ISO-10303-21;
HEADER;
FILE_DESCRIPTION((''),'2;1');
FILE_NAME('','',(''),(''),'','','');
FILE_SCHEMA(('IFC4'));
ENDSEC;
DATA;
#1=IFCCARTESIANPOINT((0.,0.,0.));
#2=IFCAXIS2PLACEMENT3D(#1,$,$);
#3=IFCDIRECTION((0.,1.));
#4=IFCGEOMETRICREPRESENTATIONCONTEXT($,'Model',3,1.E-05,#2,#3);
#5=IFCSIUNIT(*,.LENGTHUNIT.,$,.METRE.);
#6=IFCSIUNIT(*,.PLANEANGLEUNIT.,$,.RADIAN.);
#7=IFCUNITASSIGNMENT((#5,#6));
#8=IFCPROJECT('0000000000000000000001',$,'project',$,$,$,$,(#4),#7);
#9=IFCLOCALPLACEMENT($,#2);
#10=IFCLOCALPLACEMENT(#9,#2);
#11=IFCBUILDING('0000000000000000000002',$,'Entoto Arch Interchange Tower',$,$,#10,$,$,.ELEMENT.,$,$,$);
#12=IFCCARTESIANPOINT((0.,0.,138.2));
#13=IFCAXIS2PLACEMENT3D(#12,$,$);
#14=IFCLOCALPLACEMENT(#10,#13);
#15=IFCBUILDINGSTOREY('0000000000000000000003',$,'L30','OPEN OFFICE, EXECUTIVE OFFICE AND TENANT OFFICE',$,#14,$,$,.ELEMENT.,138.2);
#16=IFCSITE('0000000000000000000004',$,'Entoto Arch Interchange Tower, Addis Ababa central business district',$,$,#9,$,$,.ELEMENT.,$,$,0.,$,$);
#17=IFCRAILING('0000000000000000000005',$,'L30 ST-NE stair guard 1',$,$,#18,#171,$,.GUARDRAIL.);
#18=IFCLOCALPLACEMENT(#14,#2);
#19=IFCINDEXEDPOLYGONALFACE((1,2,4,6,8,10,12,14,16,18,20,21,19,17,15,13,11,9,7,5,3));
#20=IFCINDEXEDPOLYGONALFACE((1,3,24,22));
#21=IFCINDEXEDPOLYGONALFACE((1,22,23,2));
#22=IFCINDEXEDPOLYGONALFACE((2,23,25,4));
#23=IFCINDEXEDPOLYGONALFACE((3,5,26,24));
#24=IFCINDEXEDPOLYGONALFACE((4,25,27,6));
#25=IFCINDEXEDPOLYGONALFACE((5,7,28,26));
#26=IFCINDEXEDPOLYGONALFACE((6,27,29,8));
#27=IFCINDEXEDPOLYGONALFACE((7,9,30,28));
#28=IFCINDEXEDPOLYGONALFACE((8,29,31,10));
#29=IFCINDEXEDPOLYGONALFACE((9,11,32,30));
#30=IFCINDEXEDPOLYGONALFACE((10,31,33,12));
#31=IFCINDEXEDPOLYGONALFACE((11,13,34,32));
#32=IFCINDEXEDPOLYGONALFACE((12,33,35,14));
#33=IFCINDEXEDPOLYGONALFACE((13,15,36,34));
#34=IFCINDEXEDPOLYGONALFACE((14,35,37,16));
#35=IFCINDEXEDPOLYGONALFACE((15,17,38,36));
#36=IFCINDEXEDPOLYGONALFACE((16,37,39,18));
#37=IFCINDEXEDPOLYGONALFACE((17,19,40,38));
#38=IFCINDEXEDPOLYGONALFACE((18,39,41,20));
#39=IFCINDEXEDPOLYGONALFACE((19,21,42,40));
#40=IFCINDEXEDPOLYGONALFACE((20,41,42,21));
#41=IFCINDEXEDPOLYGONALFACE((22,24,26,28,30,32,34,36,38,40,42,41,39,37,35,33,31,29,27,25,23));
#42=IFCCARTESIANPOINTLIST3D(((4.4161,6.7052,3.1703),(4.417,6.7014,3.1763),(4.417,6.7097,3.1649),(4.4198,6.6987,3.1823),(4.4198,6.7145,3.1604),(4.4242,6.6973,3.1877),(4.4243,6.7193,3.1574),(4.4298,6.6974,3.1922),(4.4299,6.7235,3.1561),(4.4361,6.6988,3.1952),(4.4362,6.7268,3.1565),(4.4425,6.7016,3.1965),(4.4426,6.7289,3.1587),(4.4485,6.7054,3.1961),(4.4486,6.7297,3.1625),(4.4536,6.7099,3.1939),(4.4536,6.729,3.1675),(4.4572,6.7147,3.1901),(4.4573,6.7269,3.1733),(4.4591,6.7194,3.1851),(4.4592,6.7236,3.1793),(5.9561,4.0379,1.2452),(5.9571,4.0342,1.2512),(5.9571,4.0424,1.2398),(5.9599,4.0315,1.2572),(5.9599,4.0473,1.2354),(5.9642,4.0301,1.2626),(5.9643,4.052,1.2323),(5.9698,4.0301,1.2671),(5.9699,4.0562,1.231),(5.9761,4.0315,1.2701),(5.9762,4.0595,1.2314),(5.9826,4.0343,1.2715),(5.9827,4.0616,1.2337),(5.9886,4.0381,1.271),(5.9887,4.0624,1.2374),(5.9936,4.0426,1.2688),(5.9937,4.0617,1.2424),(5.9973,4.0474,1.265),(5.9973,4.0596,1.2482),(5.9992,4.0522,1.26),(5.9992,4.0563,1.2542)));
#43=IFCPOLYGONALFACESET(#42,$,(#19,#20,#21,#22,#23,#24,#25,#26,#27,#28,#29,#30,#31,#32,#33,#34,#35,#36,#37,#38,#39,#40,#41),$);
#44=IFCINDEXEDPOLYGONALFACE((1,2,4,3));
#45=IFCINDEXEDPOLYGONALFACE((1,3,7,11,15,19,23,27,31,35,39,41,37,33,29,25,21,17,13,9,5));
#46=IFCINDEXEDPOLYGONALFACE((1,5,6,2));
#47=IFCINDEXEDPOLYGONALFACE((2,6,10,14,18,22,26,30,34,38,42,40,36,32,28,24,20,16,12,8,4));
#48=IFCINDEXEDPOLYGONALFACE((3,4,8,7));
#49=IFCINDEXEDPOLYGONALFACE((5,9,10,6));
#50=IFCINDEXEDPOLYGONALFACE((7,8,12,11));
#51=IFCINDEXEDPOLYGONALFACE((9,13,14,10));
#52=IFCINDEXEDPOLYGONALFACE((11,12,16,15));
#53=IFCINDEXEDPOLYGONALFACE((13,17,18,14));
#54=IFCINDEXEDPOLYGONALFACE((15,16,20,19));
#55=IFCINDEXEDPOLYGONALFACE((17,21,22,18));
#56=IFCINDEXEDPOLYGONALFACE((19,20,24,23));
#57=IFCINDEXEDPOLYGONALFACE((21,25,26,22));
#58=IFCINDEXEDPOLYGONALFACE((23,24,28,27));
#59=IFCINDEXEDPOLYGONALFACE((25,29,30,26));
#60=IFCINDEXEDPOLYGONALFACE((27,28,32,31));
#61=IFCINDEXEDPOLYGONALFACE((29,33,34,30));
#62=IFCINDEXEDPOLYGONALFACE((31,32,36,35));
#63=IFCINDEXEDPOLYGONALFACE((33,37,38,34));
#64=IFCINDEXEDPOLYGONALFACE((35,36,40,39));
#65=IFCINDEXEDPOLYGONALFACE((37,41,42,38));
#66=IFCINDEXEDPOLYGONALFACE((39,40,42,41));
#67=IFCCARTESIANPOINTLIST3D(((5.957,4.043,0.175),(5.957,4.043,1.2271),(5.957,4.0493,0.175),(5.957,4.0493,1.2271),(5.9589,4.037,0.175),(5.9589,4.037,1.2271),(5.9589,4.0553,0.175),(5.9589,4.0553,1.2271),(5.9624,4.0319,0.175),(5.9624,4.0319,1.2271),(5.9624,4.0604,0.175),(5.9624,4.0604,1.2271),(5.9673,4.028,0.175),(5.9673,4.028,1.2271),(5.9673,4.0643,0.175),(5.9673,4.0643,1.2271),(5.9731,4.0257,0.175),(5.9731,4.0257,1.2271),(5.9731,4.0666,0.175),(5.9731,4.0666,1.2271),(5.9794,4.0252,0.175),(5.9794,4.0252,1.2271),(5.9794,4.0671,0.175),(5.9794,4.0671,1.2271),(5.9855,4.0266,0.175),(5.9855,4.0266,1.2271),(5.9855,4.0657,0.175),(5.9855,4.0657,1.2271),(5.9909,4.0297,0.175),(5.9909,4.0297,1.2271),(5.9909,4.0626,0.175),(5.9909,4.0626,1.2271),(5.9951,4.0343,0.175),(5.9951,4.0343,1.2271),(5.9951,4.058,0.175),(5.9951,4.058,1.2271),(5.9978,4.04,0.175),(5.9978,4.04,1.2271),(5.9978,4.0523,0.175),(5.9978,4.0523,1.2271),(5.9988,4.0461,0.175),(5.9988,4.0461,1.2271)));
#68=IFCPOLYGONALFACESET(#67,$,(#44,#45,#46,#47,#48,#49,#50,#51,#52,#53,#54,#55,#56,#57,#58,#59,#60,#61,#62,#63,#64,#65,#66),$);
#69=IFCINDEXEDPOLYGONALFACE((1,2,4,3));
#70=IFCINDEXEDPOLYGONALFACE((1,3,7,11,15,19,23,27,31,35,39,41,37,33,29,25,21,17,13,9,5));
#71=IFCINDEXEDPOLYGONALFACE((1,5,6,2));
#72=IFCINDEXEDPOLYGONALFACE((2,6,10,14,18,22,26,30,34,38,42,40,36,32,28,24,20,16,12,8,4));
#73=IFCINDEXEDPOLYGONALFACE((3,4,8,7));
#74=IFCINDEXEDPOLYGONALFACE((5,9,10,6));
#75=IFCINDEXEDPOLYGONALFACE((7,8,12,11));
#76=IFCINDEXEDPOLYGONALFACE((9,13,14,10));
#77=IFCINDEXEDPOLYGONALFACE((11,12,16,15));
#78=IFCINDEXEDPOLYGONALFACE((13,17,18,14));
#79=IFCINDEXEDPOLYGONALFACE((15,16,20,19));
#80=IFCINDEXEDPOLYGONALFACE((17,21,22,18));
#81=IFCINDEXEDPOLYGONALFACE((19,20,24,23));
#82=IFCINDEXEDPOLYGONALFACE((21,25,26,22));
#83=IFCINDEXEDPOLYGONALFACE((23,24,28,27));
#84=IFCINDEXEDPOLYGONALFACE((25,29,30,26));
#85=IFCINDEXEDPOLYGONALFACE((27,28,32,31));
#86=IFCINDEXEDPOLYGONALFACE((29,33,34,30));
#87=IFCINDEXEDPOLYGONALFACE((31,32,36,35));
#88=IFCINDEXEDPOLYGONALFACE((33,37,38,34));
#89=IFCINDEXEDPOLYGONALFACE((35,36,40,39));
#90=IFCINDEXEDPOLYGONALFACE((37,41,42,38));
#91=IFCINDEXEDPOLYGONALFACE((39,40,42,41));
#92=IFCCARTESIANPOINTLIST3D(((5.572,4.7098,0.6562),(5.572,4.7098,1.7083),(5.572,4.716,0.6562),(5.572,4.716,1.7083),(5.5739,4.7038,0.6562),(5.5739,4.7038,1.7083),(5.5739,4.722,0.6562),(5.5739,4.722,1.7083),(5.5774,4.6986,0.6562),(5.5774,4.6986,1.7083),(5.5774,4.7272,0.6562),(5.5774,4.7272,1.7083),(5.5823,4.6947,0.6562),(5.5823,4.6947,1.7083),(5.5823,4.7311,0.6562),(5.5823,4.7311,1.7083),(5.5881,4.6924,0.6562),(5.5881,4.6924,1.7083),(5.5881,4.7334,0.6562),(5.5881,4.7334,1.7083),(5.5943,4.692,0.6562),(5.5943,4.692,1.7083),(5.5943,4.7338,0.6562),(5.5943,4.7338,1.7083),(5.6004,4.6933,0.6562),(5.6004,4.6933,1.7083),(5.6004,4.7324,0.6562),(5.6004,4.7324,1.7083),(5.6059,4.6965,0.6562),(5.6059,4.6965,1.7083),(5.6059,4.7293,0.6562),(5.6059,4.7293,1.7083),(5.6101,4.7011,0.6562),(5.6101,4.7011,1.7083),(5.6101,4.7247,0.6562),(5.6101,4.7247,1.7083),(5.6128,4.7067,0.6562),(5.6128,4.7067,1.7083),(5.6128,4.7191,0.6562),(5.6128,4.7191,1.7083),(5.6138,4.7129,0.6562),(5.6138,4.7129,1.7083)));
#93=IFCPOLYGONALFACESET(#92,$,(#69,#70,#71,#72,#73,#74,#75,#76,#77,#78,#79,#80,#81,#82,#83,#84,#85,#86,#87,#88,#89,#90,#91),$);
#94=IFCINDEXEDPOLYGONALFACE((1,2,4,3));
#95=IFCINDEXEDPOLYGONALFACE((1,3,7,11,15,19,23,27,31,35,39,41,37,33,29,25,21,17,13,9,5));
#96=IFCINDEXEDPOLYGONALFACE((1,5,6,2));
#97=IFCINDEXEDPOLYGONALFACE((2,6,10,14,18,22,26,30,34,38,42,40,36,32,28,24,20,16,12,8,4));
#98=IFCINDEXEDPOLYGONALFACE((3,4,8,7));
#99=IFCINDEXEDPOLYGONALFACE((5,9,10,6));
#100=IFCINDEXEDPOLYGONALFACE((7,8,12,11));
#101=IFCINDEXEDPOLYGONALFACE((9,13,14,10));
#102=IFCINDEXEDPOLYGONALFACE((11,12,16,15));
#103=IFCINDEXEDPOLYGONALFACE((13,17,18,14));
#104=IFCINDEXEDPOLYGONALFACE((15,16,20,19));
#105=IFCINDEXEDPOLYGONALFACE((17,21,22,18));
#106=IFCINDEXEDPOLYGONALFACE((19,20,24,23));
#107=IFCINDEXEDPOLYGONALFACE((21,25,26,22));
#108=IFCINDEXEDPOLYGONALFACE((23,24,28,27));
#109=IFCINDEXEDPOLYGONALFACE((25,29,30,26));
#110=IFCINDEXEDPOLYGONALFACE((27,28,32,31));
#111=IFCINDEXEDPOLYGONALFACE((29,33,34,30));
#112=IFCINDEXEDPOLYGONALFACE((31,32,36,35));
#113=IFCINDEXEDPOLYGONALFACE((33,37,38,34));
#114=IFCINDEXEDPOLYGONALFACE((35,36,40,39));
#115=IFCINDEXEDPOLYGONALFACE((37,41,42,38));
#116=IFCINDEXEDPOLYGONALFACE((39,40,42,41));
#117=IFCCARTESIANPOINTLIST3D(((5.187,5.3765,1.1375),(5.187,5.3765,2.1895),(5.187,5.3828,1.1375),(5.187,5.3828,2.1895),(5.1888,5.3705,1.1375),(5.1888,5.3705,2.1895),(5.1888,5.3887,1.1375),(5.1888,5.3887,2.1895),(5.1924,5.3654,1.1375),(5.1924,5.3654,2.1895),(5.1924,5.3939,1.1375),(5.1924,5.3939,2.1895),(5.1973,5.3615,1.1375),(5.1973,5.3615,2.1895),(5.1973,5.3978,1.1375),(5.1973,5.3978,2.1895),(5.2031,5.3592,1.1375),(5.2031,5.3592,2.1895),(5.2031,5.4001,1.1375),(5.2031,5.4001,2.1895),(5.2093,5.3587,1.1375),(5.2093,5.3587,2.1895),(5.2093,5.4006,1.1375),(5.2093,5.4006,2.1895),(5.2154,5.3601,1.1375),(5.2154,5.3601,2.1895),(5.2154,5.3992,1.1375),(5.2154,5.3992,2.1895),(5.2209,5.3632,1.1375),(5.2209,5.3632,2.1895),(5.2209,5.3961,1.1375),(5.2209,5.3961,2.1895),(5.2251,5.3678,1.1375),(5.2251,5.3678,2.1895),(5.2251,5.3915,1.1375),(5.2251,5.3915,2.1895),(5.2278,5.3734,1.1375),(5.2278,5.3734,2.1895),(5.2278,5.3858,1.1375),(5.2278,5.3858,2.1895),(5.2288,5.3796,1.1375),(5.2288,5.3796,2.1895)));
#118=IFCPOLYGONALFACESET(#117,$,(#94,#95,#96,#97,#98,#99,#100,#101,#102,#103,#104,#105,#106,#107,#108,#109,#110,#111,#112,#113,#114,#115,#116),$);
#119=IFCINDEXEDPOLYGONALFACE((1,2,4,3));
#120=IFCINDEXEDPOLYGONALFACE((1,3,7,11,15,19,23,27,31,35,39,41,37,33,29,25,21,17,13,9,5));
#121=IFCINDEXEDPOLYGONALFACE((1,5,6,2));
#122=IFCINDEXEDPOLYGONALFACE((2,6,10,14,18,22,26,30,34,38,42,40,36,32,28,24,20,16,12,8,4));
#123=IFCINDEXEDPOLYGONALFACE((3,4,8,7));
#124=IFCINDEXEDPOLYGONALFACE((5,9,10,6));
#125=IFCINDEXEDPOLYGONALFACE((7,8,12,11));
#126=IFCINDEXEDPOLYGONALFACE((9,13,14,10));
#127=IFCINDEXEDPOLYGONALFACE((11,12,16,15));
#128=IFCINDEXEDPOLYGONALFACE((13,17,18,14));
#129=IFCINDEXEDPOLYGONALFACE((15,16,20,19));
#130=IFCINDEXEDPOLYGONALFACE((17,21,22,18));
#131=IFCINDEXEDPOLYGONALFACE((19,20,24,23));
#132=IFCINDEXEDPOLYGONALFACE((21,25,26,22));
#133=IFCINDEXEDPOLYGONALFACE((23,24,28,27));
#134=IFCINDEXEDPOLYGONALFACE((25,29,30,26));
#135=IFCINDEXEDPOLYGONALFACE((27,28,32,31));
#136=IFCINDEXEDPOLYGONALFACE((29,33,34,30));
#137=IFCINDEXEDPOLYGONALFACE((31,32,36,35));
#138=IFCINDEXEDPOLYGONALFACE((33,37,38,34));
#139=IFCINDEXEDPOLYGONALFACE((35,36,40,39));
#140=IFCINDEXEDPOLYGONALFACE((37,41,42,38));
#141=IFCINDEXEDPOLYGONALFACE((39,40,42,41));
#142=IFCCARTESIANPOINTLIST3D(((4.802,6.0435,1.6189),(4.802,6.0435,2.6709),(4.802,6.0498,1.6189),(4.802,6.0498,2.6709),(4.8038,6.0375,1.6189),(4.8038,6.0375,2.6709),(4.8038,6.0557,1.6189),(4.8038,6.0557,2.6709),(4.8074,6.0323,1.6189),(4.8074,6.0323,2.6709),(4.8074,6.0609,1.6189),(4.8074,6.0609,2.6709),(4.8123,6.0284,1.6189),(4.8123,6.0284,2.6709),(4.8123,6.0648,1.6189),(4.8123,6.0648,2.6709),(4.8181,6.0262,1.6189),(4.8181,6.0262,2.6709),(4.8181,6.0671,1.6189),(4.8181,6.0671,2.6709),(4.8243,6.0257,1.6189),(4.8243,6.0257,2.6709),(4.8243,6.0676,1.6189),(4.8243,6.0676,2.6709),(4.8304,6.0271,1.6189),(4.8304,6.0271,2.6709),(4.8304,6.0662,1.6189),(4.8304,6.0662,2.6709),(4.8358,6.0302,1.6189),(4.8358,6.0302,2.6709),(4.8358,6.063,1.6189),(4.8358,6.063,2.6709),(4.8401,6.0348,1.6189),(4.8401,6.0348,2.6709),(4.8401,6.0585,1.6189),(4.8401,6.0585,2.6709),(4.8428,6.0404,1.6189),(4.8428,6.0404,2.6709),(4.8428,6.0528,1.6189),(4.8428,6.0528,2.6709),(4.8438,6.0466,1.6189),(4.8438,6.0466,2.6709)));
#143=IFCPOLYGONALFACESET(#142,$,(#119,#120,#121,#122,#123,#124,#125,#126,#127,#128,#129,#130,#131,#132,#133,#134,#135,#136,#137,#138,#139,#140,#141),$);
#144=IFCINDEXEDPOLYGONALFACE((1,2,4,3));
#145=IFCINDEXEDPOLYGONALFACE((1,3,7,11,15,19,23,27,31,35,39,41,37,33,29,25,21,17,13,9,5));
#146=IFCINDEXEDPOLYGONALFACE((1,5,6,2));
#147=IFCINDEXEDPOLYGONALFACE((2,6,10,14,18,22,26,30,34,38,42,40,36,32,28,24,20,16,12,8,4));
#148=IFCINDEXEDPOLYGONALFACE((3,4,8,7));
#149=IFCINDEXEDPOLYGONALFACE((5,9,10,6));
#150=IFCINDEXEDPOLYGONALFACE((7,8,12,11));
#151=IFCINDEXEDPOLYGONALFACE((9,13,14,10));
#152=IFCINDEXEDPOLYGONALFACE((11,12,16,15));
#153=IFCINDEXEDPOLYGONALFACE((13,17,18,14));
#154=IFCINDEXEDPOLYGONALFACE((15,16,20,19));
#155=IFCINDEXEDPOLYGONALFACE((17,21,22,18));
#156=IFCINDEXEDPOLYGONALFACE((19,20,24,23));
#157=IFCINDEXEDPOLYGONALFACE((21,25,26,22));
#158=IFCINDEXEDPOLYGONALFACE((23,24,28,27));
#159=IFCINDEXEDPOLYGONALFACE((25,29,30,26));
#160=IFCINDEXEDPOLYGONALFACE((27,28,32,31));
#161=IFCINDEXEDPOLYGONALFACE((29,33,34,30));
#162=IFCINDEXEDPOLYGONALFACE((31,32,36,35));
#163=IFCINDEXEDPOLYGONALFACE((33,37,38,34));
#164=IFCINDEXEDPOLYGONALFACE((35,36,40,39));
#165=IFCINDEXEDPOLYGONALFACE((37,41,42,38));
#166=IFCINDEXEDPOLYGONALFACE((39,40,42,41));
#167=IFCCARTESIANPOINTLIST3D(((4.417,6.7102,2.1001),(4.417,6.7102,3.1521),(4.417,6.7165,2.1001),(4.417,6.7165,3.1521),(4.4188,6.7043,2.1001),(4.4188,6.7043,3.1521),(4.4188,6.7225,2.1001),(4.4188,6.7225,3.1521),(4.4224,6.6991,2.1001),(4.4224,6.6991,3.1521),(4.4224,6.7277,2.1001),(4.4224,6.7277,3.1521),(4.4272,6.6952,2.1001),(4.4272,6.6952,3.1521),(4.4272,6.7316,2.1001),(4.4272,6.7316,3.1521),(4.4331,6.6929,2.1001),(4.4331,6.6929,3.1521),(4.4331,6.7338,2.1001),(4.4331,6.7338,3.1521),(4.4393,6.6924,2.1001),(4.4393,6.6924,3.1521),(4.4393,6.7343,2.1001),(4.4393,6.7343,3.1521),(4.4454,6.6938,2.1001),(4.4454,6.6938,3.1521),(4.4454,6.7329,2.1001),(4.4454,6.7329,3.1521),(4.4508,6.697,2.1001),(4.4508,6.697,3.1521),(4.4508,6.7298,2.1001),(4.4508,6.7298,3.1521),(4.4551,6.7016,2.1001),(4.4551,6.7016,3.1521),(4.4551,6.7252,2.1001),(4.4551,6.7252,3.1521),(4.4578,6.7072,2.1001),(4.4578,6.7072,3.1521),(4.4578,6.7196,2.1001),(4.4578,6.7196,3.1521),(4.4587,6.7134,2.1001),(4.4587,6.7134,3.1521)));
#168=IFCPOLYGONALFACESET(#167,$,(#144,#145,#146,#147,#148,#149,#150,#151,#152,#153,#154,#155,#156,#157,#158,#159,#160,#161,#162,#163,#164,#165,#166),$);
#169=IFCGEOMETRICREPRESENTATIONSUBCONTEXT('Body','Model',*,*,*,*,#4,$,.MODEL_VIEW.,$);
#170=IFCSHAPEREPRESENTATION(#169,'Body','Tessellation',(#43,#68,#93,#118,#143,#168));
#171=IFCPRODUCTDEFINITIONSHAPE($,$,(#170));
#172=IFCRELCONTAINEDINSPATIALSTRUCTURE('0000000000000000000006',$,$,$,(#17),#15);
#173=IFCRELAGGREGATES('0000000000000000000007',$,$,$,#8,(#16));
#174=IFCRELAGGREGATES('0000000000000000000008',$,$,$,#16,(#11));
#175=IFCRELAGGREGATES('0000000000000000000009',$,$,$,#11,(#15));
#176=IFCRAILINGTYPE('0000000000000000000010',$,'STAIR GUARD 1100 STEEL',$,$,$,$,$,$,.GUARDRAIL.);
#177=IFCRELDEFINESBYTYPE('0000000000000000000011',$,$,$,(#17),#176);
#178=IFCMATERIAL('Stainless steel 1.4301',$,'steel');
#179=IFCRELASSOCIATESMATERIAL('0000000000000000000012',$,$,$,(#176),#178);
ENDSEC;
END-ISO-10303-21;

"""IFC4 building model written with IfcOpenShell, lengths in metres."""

from ifc_helpers import new_model, si_unit, direction, frame, origin, origin_2d, place, context, subcontext, project, spatial, circle, extrude, material, type_object, element, save


model = new_model("IFC4")

# Units and contexts
model_context = context("Model", 3, precision=1e-05, world=origin(), true_north=direction((0.0, 1.0)))
body_context = subcontext(model_context, "Body", "Model", "MODEL_VIEW")
ifc_project = project(units=[si_unit("LENGTHUNIT", "METRE"), si_unit("PLANEANGLEUNIT", "RADIAN")], contexts=[model_context])

# Site, building, storey
site_placement = place(None, origin())
site = spatial("IfcSite", under=ifc_project, at=site_placement, Name="Entoto Arch Interchange Tower, Addis Ababa central business district", CompositionType="ELEMENT", RefElevation=0.0)
building_placement = place(site_placement, origin())
building = spatial("IfcBuilding", under=site, at=building_placement, Name="Entoto Arch Interchange Tower", CompositionType="ELEMENT")
storey_placement = place(building_placement, frame((0.0, 0.0, 138.2)))
storey = spatial("IfcBuildingStorey", under=building, at=storey_placement, Name="L30", Description="OPEN OFFICE, EXECUTIVE OFFICE AND TENANT OFFICE", CompositionType="ELEMENT", Elevation=138.2)

# Railing
ifc_material_1 = material(Name="Stainless steel 1.4301", Category="steel")
railing_type_1 = type_object("IfcRailingType", Name="STAIR GUARD 1100 STEEL", PredefinedType="GUARDRAIL", material=ifc_material_1)
railing_1_placement = place(storey_placement, frame((5.9778, 4.0461, 0.175)))
element("IfcRailing", 1, at=railing_1_placement, inside=storey, type_object=railing_type_1, Name="L30 ST-NE stair guard 1", PredefinedType="GUARDRAIL", context=body_context, shape_type="SweptSolid", body=[
    extrude(circle(Radius=0.0239, at=origin_2d()), frame((0.0, 0.0, 1.0762), z_axis=(-0.424015, 0.734364, 0.530019), x_axis=(-0.86601, -0.500027, 0.0)), (0.0, 0.0, 1.0), 3.6321),
    extrude(circle(Radius=0.021, at=origin_2d()), origin(), (0.0, 0.0, 1.0), 1.052),
    extrude(circle(Radius=0.021, at=origin_2d()), frame((-0.385, 0.6667, 0.4812)), (0.0, 0.0, 1.0), 1.052),
    extrude(circle(Radius=0.021, at=origin_2d()), frame((-0.77, 1.3335, 0.9624)), (0.0, 0.0, 1.0), 1.052),
    extrude(circle(Radius=0.021, at=origin_2d()), frame((-1.155, 2.0005, 1.4438)), (0.0, 0.0, 1.0), 1.052),
    extrude(circle(Radius=0.021, at=origin_2d()), frame((-1.54, 2.6672, 1.925)), (0.0, 0.0, 1.0), 1.052),
])

save(model, "model.ifc")
